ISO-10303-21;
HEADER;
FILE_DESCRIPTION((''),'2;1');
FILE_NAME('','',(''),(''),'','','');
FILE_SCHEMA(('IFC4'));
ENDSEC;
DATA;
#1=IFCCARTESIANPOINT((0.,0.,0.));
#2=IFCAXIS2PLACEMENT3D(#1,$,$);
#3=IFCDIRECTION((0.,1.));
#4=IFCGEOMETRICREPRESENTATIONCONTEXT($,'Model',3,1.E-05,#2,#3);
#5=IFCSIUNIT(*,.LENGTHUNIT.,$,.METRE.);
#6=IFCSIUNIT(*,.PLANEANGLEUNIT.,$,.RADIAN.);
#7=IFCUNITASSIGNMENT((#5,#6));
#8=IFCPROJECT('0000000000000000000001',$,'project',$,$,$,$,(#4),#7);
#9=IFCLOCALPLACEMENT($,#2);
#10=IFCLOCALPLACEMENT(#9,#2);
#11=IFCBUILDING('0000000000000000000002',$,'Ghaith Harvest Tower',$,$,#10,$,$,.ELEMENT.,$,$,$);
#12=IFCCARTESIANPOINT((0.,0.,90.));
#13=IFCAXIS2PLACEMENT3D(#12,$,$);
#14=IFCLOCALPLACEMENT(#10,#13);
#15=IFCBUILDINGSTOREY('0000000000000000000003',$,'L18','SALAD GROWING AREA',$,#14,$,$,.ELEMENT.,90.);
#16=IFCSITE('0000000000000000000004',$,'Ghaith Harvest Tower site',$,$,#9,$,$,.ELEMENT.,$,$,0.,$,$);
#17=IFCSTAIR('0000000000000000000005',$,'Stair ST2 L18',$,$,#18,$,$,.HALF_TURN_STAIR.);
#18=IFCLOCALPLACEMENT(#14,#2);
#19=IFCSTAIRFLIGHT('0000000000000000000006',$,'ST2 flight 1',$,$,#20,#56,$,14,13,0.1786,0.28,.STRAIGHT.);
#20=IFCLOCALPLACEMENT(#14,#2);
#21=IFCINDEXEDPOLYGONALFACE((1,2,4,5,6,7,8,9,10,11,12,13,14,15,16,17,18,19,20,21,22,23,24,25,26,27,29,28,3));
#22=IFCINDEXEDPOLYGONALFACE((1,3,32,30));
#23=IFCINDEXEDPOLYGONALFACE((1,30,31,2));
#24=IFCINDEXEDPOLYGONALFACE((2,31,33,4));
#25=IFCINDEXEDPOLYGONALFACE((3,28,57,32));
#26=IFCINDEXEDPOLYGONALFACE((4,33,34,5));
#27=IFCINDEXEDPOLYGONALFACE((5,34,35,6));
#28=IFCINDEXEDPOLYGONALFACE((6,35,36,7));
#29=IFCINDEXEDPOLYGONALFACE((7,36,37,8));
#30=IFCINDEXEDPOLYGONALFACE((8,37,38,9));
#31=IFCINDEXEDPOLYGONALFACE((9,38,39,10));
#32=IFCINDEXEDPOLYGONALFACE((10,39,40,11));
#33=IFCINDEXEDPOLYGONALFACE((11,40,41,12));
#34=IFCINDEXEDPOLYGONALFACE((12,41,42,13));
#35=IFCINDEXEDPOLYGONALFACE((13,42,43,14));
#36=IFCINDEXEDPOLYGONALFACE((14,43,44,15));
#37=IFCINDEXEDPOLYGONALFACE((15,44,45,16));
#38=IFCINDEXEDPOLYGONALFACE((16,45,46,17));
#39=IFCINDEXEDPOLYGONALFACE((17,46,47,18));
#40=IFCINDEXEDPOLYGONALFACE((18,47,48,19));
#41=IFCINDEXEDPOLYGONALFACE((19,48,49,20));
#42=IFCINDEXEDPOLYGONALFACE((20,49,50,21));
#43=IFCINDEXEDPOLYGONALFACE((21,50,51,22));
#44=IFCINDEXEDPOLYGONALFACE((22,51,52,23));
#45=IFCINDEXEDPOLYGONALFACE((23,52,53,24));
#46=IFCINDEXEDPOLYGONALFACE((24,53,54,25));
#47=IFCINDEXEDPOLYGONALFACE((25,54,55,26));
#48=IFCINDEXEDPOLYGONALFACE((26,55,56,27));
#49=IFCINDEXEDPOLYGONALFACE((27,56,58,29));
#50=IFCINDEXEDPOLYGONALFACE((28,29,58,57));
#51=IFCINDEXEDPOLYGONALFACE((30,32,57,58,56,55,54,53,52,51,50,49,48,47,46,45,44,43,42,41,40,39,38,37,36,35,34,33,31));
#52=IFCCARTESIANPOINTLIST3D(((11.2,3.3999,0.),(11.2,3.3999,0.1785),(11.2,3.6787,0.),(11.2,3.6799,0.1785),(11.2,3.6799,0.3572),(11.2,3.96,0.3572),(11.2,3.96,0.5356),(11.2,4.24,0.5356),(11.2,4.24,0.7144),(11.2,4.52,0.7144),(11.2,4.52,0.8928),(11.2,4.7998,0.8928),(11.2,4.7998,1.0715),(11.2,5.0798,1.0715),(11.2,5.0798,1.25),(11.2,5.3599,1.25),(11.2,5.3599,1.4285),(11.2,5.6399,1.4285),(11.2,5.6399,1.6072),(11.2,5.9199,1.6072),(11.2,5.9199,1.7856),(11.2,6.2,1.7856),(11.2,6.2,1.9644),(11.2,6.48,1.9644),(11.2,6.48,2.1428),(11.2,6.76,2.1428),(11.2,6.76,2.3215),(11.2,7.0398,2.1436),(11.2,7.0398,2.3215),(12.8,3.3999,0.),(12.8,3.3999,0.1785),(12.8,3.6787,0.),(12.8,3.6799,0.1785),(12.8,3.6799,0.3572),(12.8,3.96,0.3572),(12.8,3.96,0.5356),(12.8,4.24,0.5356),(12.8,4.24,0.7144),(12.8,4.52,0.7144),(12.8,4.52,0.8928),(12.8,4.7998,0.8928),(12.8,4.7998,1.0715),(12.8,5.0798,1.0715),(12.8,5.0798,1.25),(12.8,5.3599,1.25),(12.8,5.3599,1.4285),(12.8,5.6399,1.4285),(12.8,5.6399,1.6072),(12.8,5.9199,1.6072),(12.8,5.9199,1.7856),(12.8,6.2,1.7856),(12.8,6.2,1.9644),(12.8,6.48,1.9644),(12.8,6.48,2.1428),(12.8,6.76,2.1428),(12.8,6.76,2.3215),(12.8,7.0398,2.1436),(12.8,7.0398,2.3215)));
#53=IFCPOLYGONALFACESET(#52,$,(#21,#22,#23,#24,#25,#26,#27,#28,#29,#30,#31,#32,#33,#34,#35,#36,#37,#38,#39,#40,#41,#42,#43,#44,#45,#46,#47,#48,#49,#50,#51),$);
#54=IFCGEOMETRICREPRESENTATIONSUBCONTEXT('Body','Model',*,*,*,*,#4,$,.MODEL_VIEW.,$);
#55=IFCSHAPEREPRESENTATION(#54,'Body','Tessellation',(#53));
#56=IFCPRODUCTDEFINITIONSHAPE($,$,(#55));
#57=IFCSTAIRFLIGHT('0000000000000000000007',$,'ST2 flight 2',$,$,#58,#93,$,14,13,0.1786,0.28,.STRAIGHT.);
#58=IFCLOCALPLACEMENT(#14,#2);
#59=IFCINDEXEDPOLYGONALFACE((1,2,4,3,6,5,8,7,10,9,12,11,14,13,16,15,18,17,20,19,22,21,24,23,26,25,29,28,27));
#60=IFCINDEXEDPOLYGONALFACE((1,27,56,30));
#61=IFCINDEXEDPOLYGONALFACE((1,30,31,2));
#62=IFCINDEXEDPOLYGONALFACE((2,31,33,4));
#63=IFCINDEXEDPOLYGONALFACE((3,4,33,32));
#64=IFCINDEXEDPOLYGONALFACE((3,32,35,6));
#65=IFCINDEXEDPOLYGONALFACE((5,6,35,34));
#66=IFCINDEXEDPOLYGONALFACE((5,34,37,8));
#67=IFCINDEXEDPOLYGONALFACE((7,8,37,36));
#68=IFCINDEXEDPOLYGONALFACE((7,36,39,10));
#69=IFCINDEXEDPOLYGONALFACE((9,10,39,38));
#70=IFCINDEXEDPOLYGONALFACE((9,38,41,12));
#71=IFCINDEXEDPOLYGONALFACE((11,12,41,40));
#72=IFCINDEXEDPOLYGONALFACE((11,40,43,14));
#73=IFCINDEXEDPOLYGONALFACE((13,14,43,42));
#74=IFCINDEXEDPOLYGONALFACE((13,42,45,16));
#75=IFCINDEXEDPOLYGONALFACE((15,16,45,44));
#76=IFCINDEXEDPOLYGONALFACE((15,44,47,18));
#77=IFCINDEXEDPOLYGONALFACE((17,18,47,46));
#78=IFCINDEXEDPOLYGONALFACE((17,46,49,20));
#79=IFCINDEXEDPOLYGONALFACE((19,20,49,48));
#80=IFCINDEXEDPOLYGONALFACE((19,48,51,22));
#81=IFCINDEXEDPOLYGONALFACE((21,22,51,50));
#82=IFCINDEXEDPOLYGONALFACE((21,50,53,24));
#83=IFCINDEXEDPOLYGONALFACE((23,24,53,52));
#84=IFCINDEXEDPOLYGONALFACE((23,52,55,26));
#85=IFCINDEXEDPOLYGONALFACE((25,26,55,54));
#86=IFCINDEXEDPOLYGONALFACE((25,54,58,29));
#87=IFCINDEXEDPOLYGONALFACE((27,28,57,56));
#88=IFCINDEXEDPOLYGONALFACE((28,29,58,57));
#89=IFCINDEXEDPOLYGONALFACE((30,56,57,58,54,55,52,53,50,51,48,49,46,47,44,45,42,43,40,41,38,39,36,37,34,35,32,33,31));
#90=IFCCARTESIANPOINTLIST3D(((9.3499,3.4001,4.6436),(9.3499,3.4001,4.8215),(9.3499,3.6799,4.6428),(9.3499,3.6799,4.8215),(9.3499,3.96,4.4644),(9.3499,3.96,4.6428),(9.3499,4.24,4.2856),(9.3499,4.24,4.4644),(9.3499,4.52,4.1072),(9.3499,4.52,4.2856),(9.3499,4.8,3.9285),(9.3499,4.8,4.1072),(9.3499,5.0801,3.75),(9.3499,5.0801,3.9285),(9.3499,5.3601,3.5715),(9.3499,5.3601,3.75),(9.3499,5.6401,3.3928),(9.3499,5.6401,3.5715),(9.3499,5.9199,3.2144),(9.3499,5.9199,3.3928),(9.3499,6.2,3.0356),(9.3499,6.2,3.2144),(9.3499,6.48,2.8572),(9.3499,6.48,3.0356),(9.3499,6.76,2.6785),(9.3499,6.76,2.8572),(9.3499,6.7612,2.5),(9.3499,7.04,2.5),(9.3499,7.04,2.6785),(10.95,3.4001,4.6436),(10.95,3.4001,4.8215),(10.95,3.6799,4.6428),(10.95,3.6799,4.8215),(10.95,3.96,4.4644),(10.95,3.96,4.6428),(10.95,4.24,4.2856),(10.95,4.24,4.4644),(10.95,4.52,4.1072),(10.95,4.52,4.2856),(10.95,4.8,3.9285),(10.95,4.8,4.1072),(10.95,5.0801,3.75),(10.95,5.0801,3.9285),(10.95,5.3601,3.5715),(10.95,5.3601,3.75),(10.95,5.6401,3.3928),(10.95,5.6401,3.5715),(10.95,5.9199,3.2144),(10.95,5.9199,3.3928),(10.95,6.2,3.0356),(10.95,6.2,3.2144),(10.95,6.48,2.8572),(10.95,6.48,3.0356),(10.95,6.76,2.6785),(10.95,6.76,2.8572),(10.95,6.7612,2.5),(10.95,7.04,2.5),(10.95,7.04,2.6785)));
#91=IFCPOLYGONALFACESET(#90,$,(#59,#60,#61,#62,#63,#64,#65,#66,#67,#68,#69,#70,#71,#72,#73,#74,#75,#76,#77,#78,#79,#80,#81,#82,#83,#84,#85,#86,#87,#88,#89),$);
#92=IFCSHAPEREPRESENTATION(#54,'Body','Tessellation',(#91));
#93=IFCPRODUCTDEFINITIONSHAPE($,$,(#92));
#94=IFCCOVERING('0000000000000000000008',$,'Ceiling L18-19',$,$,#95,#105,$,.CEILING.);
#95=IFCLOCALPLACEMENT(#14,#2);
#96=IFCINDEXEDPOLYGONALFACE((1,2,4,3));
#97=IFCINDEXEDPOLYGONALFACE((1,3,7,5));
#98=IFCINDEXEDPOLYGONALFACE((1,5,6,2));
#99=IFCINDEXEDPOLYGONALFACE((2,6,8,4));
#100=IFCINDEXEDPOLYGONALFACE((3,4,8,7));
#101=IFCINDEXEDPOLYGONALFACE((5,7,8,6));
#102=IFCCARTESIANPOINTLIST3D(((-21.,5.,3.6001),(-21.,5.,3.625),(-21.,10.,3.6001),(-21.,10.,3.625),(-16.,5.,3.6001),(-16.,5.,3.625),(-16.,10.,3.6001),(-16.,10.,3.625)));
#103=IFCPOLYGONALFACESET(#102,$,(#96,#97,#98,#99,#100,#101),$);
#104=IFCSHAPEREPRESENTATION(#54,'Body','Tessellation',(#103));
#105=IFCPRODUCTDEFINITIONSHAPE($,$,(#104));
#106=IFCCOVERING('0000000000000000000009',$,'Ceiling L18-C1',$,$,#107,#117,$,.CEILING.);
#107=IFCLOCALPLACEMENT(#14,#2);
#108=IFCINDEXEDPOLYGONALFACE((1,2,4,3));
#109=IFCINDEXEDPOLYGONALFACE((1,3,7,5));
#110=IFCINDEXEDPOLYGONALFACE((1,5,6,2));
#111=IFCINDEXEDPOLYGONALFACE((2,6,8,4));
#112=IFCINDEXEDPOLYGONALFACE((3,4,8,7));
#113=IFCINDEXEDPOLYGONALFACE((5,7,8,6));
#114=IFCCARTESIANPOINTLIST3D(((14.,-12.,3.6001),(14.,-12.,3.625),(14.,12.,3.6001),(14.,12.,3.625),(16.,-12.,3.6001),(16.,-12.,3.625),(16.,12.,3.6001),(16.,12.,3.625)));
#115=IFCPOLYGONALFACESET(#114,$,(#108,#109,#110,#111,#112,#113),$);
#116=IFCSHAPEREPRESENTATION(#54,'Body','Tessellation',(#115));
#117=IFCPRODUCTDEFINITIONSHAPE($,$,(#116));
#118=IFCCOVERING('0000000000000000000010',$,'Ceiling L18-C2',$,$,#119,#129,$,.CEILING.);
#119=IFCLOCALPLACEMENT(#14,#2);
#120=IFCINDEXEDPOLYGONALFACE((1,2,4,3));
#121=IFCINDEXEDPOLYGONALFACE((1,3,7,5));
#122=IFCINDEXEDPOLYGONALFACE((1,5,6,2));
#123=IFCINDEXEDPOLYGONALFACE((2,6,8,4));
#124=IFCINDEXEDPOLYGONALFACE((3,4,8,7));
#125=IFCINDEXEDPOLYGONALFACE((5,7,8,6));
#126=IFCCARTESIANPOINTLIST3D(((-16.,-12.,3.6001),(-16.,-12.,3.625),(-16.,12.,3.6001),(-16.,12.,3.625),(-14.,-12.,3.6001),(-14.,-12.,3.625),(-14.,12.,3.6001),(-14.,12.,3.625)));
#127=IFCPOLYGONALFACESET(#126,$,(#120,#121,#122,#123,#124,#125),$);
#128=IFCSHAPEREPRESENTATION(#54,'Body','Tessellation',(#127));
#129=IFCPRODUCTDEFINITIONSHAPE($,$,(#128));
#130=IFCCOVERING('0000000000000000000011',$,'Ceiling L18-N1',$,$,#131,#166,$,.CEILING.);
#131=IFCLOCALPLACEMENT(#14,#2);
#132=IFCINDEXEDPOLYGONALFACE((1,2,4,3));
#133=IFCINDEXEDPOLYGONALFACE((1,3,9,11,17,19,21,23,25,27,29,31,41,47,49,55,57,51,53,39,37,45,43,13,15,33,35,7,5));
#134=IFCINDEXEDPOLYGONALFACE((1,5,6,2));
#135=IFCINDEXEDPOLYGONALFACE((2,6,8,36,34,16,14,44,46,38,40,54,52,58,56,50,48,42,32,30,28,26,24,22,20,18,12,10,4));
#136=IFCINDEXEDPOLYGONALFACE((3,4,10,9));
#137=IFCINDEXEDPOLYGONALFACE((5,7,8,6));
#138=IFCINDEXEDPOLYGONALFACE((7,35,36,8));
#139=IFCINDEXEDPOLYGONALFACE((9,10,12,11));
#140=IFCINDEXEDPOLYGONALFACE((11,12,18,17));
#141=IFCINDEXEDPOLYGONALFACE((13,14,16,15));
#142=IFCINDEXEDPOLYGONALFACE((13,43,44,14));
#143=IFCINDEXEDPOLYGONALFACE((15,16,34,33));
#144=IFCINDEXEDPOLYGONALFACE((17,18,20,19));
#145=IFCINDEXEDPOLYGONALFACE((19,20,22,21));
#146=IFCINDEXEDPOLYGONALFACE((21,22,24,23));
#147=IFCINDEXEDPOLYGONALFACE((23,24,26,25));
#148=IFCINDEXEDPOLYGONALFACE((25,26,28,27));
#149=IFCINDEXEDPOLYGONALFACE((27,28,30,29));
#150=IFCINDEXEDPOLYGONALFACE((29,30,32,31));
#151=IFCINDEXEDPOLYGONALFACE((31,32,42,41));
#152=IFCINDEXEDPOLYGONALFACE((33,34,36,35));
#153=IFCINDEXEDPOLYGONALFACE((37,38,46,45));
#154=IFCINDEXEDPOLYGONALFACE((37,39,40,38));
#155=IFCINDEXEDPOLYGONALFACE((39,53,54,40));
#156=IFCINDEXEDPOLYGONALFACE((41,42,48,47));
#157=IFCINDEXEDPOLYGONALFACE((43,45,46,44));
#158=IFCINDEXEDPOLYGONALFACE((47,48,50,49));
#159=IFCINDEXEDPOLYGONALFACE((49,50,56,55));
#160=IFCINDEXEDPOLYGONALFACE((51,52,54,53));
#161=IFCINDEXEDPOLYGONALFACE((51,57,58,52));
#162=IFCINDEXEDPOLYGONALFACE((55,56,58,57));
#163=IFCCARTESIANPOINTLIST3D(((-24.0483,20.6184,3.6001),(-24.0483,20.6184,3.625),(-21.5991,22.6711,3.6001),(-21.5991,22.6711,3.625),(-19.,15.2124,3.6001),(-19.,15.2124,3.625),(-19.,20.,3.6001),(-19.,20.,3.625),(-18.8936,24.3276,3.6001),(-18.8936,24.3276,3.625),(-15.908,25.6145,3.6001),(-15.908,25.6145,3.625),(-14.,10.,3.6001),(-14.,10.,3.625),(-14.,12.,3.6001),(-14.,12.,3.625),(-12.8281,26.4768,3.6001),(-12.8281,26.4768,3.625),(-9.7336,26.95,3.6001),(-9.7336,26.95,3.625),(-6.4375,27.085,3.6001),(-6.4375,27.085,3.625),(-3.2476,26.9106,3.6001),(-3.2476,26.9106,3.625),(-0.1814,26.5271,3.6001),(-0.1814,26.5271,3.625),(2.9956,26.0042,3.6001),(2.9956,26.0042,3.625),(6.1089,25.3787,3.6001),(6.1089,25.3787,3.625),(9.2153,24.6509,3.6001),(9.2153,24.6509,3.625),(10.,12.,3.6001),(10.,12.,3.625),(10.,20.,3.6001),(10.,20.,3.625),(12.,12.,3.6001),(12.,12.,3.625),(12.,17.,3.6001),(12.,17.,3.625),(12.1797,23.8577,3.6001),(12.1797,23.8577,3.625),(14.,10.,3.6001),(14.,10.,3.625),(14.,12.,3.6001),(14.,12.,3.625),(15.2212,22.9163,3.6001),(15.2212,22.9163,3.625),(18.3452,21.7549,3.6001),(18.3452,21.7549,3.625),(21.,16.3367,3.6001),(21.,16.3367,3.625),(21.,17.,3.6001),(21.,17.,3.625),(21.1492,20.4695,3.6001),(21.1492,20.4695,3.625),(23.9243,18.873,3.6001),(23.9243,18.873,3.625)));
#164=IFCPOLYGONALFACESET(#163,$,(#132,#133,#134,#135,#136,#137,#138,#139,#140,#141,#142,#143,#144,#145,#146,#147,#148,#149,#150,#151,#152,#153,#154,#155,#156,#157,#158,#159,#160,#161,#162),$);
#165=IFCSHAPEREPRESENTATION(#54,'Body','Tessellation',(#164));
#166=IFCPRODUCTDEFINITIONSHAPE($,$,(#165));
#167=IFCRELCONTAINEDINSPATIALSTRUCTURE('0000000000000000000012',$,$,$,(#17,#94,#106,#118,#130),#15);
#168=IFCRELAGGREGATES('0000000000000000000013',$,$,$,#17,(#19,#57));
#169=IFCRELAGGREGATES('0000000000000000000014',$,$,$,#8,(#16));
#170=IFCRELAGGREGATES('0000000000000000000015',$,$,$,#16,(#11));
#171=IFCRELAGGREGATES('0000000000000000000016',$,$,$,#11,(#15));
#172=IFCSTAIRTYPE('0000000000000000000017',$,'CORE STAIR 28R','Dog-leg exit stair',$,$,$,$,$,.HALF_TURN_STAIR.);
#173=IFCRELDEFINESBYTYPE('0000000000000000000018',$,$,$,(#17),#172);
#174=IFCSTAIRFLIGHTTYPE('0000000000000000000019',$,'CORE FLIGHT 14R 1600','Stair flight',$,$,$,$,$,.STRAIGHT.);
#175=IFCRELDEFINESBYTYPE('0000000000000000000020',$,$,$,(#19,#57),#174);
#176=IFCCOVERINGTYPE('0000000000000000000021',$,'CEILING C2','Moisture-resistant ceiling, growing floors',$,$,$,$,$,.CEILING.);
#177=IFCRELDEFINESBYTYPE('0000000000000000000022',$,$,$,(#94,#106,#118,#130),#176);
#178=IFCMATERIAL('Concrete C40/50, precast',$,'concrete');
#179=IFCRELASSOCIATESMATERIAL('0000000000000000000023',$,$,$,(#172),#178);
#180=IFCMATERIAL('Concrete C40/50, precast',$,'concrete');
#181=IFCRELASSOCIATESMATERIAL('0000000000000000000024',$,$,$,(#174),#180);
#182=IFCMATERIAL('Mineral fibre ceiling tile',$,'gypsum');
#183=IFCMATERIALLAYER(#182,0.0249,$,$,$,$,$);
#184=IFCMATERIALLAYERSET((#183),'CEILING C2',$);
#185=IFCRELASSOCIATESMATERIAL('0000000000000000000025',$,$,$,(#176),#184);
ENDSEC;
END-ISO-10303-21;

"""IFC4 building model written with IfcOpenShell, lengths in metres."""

from ifc_helpers import new_model, si_unit, direction, frame, origin, place, context, subcontext, project, spatial, polyline, outline, extrude, material, layer, layer_set, type_object, element, aggregate, save


model = new_model("IFC4")

# Units and contexts
model_context = context("Model", 3, precision=1e-05, world=origin(), true_north=direction((0.0, 1.0)))
body_context = subcontext(model_context, "Body", "Model", "MODEL_VIEW")
ifc_project = project(units=[si_unit("LENGTHUNIT", "METRE"), si_unit("PLANEANGLEUNIT", "RADIAN")], contexts=[model_context])

# Site, building, storey
site_placement = place(None, origin())
site = spatial("IfcSite", under=ifc_project, at=site_placement, Name="Ghaith Harvest Tower site", CompositionType="ELEMENT", RefElevation=0.0)
building_placement = place(site_placement, origin())
building = spatial("IfcBuilding", under=site, at=building_placement, Name="Ghaith Harvest Tower", CompositionType="ELEMENT")
storey_placement = place(building_placement, frame((0.0, 0.0, 90.0)))
storey = spatial("IfcBuildingStorey", under=building, at=storey_placement, Name="L18", Description="SALAD GROWING AREA", CompositionType="ELEMENT", Elevation=90.0)

# Stair, stair flights
ifc_material_1 = material(Name="Concrete C40/50, precast", Category="concrete")
stair_type = type_object("IfcStairType", Name="CORE STAIR 28R", Description="Dog-leg exit stair", PredefinedType="HALF_TURN_STAIR", material=ifc_material_1)
stair_placement = place(storey_placement, origin())
stair = element("IfcStair", 1, at=stair_placement, inside=storey, type_object=stair_type, Name="Stair ST2 L18", PredefinedType="HALF_TURN_STAIR")
ifc_material_2 = material(Name="Concrete C40/50, precast", Category="concrete")
stair_flight_type = type_object("IfcStairFlightType", Name="CORE FLIGHT 14R 1600", Description="Stair flight", PredefinedType="STRAIGHT", material=ifc_material_2)
stair_flight_1_placement = place(storey_placement, frame((12.0, 3.3999, 0.0), z_axis=(0.0, 0.0, 1.0), x_axis=(0.0, 1.0, 0.0)))
stair_flight_1 = element("IfcStairFlight", 2, at=stair_flight_1_placement, type_object=stair_flight_type, Name="ST2 flight 1", NumberOfRisers=14, NumberOfTreads=13, PredefinedType="STRAIGHT", RiserHeight=0.1786, TreadLength=0.28, context=body_context, shape_type="SweptSolid", body=[
    extrude(outline(polyline([(0.0, 0.0), (0.0, 0.1785), (0.28, 0.1785), (0.28, 0.3572), (0.5601, 0.3572), (0.5601, 0.5356), (0.8401, 0.5356), (0.8401, 0.7144), (1.1201, 0.7144), (1.1201, 0.8928), (1.3999, 0.8928), (1.3999, 1.0715), (1.6799, 1.0715), (1.6799, 1.25), (1.96, 1.25), (1.96, 1.4285), (2.24, 1.4285), (2.24, 1.6072), (2.52, 1.6072), (2.52, 1.7856), (2.8, 1.7856), (2.8, 1.9644), (3.0801, 1.9644), (3.0801, 2.1428), (3.3601, 2.1428), (3.3601, 2.3215), (3.6399, 2.3215), (3.6399, 2.5), (3.6399, 2.1436), (0.2788, 0.0), (0.0, 0.0)])), frame((0.0, 0.8, 0.0), z_axis=(0.0, -1.0, 0.0), x_axis=(1.0, 0.0, 0.0)), (0.0, 0.0, 1.0), 1.6001),
])
stair_flight_2_placement = place(storey_placement, frame((10.1499, 7.04, 2.5), z_axis=(0.0, 0.0, 1.0), x_axis=(0.0, -1.0, 0.0)))
stair_flight_2 = element("IfcStairFlight", 3, at=stair_flight_2_placement, type_object=stair_flight_type, Name="ST2 flight 2", NumberOfRisers=14, NumberOfTreads=13, PredefinedType="STRAIGHT", RiserHeight=0.1786, TreadLength=0.28, context=body_context, shape_type="SweptSolid", body=[
    extrude(outline(polyline([(0.0, 0.0), (0.0, 0.1785), (0.28, 0.1785), (0.28, 0.3572), (0.5601, 0.3572), (0.5601, 0.5356), (0.8401, 0.5356), (0.8401, 0.7144), (1.1201, 0.7144), (1.1201, 0.8928), (1.3999, 0.8928), (1.3999, 1.0715), (1.6799, 1.0715), (1.6799, 1.25), (1.96, 1.25), (1.96, 1.4285), (2.24, 1.4285), (2.24, 1.6072), (2.52, 1.6072), (2.52, 1.7856), (2.8, 1.7856), (2.8, 1.9644), (3.0801, 1.9644), (3.0801, 2.1428), (3.3601, 2.1428), (3.3601, 2.3215), (3.6399, 2.3215), (3.6399, 2.5), (3.6399, 2.1436), (0.2788, 0.0), (0.0, 0.0)])), frame((0.0, 0.8, 0.0), z_axis=(0.0, -1.0, 0.0), x_axis=(1.0, 0.0, 0.0)), (0.0, 0.0, 1.0), 1.6001),
])
aggregate(stair, [stair_flight_1, stair_flight_2])

# Coverings
ifc_material_3 = material(Name="Mineral fibre ceiling tile", Category="gypsum")
ifc_layer_1 = layer(ifc_material_3, 0.0249)
ifc_layer_set_1 = layer_set([ifc_layer_1], Name="CEILING C2")
covering_type = type_object("IfcCoveringType", Name="CEILING C2", Description="Moisture-resistant ceiling, growing floors", PredefinedType="CEILING", material=ifc_layer_set_1)
covering_1_placement = place(storey_placement, frame((0.0, 0.0, 3.6001)))
element("IfcCovering", 4, at=covering_1_placement, inside=storey, type_object=covering_type, Name="Ceiling L18-19", PredefinedType="CEILING", context=body_context, shape_type="SweptSolid", body=[
    extrude(outline(polyline([(-21.0, 5.0), (-16.0, 5.0), (-16.0, 10.0), (-21.0, 10.0), (-21.0, 5.0)])), origin(), (0.0, 0.0, 1.0), 0.0249),
])
covering_2_placement = place(storey_placement, frame((0.0, 0.0, 3.6001)))
element("IfcCovering", 5, at=covering_2_placement, inside=storey, type_object=covering_type, Name="Ceiling L18-C1", PredefinedType="CEILING", context=body_context, shape_type="SweptSolid", body=[
    extrude(outline(polyline([(14.0, -12.0), (14.0, 12.0), (16.0, 12.0), (16.0, -12.0), (14.0, -12.0)])), origin(), (0.0, 0.0, 1.0), 0.0249),
])
covering_3_placement = place(storey_placement, frame((0.0, 0.0, 3.6001)))
element("IfcCovering", 6, at=covering_3_placement, inside=storey, type_object=covering_type, Name="Ceiling L18-C2", PredefinedType="CEILING", context=body_context, shape_type="SweptSolid", body=[
    extrude(outline(polyline([(-14.0, 12.0), (-14.0, -12.0), (-16.0, -12.0), (-16.0, 12.0), (-14.0, 12.0)])), origin(), (0.0, 0.0, 1.0), 0.0249),
])
covering_4_placement = place(storey_placement, frame((0.0, 0.0, 3.6001)))
element("IfcCovering", 7, at=covering_4_placement, inside=storey, type_object=covering_type, Name="Ceiling L18-N1", PredefinedType="CEILING", context=body_context, shape_type="SweptSolid", body=[
    extrude(outline(polyline([(-21.5991, 22.6711), (-18.8936, 24.3276), (-15.908, 25.6145), (-12.8281, 26.4768), (-9.7336, 26.95), (-6.4375, 27.085), (-3.2476, 26.9106), (-0.1814, 26.5271), (2.9956, 26.0042), (6.1089, 25.3787), (9.2153, 24.6509), (12.1797, 23.8577), (15.2212, 22.9163), (18.3452, 21.7549), (21.1492, 20.4695), (23.9243, 18.873), (21.0, 16.3367), (21.0, 17.0), (12.0, 17.0), (12.0, 12.0), (14.0, 12.0), (14.0, 10.0), (-14.0, 10.0), (-14.0, 12.0), (10.0, 12.0), (10.0, 20.0), (-19.0, 20.0), (-19.0, 15.2124), (-24.0483, 20.6184), (-21.5991, 22.6711)])), origin(), (0.0, 0.0, 1.0), 0.0249),
])

save(model, "model.ifc")
